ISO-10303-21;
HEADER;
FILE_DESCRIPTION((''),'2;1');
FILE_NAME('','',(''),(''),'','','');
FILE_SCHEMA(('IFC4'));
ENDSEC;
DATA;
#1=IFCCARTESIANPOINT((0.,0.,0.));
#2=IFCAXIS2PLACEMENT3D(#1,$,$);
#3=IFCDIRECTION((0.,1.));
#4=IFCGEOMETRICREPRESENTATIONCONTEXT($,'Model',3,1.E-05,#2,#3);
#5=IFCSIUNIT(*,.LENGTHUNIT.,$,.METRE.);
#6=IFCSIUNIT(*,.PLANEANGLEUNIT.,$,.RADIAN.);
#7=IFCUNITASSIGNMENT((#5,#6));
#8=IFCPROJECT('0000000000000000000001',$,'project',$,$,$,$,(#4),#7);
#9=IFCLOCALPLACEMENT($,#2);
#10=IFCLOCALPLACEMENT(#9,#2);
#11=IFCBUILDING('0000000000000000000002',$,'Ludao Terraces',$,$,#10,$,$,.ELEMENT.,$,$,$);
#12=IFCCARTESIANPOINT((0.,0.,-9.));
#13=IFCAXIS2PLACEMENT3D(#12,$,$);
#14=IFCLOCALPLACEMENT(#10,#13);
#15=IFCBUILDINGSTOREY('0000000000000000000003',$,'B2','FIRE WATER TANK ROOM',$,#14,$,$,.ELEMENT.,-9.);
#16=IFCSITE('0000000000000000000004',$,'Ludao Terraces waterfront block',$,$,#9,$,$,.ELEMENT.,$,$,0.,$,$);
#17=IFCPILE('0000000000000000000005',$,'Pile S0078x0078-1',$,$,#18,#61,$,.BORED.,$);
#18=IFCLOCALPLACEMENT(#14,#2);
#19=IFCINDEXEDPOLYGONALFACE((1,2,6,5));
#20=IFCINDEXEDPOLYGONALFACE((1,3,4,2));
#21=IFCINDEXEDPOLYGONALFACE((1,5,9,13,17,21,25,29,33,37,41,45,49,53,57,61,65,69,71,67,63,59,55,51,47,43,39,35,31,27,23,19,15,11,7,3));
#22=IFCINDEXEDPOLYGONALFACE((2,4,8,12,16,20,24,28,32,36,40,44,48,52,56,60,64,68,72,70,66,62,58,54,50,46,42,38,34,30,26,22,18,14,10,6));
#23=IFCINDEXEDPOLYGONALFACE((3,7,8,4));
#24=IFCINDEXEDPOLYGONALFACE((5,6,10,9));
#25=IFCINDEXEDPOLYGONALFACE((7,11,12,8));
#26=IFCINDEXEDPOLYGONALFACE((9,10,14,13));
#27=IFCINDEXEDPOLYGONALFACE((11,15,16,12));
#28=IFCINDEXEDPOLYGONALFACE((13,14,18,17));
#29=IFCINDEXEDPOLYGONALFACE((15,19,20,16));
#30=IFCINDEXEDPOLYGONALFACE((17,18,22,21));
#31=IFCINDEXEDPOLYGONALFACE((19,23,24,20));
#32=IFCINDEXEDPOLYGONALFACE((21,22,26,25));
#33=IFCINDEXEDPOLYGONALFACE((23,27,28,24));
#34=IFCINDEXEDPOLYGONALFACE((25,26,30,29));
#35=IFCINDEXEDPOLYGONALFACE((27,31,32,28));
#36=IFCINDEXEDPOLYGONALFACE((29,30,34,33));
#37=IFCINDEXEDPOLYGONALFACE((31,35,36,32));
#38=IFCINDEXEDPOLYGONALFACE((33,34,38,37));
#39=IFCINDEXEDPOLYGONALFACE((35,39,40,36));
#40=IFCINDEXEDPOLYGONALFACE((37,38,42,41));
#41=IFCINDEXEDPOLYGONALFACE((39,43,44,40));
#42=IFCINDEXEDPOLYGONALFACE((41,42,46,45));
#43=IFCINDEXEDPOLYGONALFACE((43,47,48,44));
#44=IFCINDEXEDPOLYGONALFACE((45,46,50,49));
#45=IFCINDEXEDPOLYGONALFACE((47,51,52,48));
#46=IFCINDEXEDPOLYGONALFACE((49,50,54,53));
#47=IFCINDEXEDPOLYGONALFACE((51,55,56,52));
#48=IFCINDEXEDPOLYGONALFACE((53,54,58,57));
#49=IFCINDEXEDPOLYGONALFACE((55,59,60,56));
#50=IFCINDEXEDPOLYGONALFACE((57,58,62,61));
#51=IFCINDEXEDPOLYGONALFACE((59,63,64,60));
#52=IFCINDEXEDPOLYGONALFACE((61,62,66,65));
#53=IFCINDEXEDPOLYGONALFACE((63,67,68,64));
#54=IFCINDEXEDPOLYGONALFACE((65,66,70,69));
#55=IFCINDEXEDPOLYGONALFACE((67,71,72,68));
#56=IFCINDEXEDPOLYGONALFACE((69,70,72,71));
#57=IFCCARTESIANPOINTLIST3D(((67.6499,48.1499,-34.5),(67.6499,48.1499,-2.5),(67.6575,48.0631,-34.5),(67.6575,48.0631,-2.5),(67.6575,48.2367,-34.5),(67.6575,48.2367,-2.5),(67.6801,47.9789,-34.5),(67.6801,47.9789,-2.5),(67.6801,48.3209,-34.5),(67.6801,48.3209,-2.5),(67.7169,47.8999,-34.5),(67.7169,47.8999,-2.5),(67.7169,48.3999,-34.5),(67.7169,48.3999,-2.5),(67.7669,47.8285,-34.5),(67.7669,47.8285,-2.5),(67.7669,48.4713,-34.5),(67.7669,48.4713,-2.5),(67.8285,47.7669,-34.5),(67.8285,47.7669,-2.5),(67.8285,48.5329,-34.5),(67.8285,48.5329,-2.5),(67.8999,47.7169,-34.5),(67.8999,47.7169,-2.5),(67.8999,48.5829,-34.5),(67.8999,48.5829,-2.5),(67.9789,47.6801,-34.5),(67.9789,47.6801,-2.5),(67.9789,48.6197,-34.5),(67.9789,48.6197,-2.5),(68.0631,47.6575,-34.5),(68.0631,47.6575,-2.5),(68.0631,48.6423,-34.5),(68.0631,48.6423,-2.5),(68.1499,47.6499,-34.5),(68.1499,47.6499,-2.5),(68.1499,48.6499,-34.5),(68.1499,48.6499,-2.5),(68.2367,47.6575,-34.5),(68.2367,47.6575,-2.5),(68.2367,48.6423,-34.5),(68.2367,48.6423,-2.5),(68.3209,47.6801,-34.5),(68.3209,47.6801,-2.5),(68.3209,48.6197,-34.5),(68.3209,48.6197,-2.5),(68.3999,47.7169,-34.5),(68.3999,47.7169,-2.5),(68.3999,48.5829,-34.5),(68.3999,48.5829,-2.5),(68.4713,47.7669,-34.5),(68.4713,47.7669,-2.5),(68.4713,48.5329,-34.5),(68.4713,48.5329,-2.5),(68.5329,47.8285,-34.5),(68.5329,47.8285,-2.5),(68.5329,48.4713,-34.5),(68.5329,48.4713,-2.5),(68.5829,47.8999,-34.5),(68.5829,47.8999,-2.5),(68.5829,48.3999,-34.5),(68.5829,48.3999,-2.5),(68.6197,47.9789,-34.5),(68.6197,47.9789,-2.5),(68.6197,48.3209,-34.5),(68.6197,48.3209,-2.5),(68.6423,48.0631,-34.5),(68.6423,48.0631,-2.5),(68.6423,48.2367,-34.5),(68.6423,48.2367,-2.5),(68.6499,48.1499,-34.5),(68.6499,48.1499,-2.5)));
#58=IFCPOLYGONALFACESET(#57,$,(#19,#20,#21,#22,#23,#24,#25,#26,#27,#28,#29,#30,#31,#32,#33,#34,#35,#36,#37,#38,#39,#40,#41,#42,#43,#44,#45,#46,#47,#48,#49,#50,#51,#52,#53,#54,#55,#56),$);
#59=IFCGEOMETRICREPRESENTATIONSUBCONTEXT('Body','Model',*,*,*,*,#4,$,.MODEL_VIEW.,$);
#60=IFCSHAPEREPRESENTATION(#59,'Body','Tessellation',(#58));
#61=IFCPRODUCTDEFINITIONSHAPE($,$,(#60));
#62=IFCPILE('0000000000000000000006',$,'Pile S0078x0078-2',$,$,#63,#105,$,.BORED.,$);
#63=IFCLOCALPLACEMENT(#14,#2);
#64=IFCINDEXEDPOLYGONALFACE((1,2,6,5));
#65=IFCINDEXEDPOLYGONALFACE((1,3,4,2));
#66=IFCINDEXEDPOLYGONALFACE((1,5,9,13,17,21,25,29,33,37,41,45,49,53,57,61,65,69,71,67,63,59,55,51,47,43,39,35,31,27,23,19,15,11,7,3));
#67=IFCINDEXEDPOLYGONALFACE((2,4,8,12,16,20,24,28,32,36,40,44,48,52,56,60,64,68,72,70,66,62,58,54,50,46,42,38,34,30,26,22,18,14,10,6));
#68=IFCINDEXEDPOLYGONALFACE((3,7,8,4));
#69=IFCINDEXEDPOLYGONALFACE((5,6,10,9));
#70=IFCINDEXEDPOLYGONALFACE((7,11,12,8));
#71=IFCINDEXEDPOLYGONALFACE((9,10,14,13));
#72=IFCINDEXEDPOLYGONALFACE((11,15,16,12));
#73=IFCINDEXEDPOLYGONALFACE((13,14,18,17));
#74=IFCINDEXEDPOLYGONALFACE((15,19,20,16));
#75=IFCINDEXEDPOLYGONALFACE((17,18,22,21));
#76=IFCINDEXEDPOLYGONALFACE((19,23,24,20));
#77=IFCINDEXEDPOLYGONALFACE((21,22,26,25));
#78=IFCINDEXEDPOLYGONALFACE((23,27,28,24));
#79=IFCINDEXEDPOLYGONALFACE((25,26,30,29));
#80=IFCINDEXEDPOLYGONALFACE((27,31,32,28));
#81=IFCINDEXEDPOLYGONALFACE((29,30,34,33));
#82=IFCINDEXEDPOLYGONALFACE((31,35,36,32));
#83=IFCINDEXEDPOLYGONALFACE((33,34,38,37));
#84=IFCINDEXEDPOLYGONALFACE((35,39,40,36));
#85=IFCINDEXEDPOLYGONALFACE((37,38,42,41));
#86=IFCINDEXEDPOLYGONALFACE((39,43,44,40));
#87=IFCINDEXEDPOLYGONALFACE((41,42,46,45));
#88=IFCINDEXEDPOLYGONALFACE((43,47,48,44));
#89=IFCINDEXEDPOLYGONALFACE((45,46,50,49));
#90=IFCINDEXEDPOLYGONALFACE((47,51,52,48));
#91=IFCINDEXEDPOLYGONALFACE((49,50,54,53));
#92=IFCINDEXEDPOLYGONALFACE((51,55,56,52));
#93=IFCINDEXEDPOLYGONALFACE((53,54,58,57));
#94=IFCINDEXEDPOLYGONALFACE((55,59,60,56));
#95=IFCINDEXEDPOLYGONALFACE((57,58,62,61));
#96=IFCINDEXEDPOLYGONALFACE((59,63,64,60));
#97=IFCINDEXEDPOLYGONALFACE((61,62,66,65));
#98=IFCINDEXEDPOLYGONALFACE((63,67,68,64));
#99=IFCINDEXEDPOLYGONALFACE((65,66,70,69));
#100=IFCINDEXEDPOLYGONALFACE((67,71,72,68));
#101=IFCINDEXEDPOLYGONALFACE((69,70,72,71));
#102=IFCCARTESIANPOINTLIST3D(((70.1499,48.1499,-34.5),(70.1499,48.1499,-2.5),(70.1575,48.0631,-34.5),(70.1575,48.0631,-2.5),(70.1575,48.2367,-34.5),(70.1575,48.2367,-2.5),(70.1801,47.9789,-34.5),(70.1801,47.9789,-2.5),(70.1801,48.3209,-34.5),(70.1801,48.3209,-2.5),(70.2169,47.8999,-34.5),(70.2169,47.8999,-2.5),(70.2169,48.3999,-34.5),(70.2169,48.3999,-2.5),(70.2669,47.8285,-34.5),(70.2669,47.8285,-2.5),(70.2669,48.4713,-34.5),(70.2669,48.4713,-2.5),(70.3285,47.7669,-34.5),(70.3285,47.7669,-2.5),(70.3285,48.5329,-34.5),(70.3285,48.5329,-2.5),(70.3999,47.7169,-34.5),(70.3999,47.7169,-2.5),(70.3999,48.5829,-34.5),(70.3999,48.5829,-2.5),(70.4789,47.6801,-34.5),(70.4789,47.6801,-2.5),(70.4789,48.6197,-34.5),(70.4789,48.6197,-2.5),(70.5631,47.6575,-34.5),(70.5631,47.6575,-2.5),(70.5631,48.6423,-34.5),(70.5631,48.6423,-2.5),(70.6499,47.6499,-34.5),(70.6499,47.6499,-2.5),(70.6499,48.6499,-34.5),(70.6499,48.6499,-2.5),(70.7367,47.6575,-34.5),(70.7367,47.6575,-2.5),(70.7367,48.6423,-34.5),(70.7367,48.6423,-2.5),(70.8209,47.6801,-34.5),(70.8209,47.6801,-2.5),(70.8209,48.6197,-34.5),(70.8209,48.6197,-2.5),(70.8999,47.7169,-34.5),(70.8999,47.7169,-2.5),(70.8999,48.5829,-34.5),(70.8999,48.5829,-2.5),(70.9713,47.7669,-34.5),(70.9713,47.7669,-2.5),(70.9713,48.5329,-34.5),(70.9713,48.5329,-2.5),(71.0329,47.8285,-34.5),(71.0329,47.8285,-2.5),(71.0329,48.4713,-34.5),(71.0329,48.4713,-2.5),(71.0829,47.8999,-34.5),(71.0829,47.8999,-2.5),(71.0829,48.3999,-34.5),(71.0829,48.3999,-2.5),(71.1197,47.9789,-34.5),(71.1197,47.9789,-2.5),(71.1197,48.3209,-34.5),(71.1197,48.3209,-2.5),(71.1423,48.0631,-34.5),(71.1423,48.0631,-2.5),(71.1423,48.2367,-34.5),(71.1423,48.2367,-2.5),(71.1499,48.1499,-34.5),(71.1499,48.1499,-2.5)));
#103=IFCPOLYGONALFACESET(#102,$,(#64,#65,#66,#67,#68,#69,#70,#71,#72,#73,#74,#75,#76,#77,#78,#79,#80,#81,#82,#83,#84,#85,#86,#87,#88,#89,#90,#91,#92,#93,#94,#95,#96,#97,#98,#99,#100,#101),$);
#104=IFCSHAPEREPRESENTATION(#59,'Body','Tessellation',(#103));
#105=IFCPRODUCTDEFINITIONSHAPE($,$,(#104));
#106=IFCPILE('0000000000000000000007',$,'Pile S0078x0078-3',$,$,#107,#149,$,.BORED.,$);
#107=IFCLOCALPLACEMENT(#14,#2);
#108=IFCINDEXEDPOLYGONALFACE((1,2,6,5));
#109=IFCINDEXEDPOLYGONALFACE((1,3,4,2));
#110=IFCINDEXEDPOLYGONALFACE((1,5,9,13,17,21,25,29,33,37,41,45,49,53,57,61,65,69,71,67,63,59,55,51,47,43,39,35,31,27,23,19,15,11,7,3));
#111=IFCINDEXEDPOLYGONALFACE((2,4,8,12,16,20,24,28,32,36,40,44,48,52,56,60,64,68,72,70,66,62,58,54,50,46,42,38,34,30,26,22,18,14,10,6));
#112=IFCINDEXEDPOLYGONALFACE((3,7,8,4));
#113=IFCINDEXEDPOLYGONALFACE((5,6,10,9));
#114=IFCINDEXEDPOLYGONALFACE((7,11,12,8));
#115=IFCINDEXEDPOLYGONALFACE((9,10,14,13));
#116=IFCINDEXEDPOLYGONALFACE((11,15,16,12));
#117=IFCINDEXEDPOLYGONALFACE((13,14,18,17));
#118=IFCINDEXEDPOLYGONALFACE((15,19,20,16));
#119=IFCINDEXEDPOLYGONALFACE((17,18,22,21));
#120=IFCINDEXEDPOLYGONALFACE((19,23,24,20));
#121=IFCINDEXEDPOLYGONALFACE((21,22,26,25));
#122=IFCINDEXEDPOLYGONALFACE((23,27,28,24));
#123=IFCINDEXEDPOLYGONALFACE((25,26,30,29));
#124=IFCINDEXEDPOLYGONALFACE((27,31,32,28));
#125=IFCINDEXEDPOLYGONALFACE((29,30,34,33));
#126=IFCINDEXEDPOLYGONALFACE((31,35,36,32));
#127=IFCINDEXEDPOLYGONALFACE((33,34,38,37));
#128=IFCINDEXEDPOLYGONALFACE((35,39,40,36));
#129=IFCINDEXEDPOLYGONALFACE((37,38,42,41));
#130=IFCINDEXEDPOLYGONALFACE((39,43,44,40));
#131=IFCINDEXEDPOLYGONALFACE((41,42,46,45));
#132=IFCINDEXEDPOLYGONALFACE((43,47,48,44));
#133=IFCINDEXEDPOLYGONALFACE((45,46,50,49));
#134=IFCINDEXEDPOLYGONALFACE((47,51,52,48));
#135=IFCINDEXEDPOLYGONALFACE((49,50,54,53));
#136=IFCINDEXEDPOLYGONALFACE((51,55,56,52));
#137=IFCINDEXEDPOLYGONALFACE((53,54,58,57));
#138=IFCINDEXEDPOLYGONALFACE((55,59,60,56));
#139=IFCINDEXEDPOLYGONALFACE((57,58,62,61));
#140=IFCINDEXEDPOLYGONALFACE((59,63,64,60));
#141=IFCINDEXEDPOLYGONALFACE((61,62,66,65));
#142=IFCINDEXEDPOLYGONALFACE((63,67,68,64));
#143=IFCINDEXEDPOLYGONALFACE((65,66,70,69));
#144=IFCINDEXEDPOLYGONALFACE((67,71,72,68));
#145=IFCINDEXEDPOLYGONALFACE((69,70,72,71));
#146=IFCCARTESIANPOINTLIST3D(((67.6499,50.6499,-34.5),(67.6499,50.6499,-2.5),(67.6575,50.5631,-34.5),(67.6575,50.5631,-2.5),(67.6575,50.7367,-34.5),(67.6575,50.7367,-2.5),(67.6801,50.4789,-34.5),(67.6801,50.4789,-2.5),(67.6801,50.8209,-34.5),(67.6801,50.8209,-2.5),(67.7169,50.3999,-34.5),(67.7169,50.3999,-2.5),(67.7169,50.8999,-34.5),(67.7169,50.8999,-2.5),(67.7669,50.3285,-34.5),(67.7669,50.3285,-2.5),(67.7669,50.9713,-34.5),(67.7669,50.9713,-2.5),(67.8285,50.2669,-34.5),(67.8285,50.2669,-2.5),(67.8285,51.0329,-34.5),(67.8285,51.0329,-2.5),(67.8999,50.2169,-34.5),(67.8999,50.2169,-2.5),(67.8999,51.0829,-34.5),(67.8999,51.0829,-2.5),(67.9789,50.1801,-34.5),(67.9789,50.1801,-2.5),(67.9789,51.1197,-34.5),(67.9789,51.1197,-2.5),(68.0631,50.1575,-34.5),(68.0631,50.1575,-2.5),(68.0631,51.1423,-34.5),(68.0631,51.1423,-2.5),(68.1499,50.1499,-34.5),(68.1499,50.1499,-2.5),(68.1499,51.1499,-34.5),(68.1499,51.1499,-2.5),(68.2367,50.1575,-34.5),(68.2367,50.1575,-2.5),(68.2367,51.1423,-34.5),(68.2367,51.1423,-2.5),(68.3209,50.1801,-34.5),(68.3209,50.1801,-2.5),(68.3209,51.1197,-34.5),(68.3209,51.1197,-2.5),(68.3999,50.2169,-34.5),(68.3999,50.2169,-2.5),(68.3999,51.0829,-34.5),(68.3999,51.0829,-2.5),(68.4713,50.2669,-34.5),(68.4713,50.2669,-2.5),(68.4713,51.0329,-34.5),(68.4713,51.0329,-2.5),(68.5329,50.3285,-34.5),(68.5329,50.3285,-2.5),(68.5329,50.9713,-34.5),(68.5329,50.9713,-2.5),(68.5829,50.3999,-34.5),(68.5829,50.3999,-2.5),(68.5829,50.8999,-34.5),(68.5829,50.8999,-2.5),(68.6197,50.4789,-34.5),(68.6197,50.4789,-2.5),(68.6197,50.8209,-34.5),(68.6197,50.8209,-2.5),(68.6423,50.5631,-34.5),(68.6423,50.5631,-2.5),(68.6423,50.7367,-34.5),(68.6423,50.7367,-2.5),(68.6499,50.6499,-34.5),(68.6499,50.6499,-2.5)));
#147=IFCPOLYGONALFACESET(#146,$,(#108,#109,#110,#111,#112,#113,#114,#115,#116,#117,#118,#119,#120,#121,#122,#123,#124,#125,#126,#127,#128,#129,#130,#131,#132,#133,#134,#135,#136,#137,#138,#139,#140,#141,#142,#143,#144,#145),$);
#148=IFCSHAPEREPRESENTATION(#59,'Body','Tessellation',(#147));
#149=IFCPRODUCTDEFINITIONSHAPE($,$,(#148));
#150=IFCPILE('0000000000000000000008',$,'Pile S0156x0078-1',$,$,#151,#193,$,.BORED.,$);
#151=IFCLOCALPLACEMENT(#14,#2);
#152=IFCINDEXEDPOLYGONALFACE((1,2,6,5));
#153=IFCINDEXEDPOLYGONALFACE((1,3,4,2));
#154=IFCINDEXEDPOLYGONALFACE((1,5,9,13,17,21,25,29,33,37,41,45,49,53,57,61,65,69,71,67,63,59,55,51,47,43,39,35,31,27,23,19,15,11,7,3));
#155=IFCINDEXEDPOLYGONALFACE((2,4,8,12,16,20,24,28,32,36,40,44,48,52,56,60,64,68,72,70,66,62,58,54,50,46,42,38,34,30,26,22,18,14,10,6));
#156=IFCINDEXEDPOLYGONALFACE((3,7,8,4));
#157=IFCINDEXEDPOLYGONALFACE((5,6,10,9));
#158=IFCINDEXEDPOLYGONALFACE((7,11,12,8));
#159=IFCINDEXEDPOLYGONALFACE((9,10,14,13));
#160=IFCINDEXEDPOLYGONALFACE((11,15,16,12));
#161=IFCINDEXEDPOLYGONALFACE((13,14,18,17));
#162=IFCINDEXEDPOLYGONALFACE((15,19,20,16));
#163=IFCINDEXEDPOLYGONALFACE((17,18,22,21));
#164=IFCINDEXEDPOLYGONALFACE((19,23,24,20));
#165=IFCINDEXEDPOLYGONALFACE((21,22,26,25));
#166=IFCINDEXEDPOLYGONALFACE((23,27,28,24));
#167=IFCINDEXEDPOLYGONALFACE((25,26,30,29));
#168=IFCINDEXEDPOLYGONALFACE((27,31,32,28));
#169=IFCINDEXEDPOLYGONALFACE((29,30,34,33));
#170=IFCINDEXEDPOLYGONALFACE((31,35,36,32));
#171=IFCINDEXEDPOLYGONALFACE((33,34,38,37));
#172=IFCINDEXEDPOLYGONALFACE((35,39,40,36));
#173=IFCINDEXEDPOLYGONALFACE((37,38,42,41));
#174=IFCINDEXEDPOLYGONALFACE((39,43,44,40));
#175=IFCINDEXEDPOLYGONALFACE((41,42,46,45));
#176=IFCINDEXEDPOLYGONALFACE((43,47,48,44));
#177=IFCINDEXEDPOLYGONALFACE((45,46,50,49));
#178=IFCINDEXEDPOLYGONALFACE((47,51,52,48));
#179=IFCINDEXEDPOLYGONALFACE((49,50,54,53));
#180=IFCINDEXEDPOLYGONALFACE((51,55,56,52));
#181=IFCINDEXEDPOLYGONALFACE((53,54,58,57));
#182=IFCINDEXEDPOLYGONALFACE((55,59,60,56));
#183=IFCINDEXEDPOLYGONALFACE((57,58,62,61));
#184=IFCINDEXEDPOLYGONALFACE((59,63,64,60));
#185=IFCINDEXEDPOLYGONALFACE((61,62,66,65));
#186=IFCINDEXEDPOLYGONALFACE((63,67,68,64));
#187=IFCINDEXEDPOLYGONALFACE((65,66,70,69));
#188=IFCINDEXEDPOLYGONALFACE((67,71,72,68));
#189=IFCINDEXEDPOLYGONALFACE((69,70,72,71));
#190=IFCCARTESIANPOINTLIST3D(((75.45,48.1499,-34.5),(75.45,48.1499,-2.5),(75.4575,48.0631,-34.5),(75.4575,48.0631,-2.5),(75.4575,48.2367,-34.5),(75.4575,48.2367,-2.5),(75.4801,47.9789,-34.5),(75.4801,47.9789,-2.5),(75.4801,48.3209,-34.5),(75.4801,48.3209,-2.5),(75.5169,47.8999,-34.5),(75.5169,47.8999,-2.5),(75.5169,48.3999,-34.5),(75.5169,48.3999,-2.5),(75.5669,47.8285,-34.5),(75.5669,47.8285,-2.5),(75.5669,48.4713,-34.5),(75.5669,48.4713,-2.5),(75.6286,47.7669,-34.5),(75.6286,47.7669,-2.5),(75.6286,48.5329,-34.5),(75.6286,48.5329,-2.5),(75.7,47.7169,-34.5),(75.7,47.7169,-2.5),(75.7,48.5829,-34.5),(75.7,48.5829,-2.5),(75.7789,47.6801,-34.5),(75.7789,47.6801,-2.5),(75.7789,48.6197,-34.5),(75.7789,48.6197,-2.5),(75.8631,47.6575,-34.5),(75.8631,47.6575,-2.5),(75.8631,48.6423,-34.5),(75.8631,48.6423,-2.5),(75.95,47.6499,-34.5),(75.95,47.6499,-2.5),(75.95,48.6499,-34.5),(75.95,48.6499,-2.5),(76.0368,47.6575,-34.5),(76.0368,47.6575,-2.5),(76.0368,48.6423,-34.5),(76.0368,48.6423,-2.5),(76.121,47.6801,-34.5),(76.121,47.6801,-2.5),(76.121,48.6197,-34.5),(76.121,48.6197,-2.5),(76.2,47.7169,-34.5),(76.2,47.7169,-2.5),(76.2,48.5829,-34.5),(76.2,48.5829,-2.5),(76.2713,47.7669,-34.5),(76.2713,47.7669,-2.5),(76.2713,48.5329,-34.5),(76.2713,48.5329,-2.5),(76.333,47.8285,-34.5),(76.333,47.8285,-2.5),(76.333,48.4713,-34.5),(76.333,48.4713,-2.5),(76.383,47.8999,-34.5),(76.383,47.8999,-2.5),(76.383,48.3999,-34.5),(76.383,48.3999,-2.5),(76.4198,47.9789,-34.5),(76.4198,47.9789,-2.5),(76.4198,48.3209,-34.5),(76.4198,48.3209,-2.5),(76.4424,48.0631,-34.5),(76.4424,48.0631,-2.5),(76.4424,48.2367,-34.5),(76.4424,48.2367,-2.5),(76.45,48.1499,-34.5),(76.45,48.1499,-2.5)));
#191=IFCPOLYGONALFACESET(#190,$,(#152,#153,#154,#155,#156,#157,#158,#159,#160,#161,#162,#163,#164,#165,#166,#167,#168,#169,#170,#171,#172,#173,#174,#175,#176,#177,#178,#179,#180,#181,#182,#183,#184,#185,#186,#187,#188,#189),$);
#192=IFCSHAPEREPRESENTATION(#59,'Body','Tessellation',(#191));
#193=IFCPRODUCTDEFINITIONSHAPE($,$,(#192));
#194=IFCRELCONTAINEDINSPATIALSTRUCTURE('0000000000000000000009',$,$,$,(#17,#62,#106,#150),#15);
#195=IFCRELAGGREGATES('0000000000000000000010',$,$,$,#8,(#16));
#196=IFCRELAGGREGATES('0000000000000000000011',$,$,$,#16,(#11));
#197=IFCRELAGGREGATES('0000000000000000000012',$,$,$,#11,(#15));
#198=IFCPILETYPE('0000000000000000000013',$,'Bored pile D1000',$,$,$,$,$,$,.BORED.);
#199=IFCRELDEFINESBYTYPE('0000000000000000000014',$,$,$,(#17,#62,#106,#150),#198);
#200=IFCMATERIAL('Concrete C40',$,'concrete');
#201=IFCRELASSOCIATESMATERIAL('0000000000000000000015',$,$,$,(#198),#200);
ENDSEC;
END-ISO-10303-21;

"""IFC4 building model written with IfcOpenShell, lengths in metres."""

from ifc_helpers import new_model, si_unit, direction, frame, origin, origin_2d, place, context, subcontext, project, spatial, circle, extrude, material, material_profile, profile_set, type_object, element, save


model = new_model("IFC4")

# Units and contexts
model_context = context("Model", 3, precision=1e-05, world=origin(), true_north=direction((0.0, 1.0)))
body_context = subcontext(model_context, "Body", "Model", "MODEL_VIEW")
ifc_project = project(units=[si_unit("LENGTHUNIT", "METRE"), si_unit("PLANEANGLEUNIT", "RADIAN")], contexts=[model_context])

# Site, building, storey
site_placement = place(None, origin())
site = spatial("IfcSite", under=ifc_project, at=site_placement, Name="Ludao Terraces waterfront block", CompositionType="ELEMENT", RefElevation=0.0)
building_placement = place(site_placement, origin())
building = spatial("IfcBuilding", under=site, at=building_placement, Name="Ludao Terraces", CompositionType="ELEMENT")
storey_placement = place(building_placement, frame((0.0, 0.0, -9.0)))
storey = spatial("IfcBuildingStorey", under=building, at=storey_placement, Name="B2", Description="FIRE WATER TANK ROOM", CompositionType="ELEMENT", Elevation=-9.0)

# Piles
ifc_material_1 = material(Name="Concrete C40", Category="concrete")
ifc_material_profile_1 = material_profile(ifc_material_1, circle(Radius=0.5, at=origin_2d()), Name="D1000 BORED PILE")
ifc_profile_set_1 = profile_set([ifc_material_profile_1], Name="Concrete C40")
pile_type = type_object("IfcPileType", Name="Bored pile D1000", PredefinedType="BORED", material=ifc_profile_set_1)
for number, where, z_axis, x_axis, name in (
    (1, (68.1499, 48.1499, -2.5), (0.0, 0.0, -1.0), (1.0, 0.0, 0.0), "Pile S0078x0078-1"),
    (2, (70.6499, 48.1499, -2.5), (0.0, 0.0, -1.0), (1.0, 0.0, 0.0), "Pile S0078x0078-2"),
    (3, (68.1499, 50.6499, -2.5), (0.0, 0.0, -1.0), (1.0, 0.0, 0.0), "Pile S0078x0078-3"),
    (4, (75.95, 48.1499, -2.5), (0.0, 0.0, -1.0), (1.0, 0.0, 0.0), "Pile S0156x0078-1"),
):
    element("IfcPile", number, at=place(storey_placement, frame(where, z_axis=z_axis, x_axis=x_axis)), inside=storey, type_object=pile_type, Name=name, PredefinedType="BORED", context=body_context, shape_type="SweptSolid", body=[
        extrude(circle(Radius=0.5, at=origin_2d()), origin(), (0.0, 0.0, 1.0), 32.0),
    ])

save(model, "model.ifc")
